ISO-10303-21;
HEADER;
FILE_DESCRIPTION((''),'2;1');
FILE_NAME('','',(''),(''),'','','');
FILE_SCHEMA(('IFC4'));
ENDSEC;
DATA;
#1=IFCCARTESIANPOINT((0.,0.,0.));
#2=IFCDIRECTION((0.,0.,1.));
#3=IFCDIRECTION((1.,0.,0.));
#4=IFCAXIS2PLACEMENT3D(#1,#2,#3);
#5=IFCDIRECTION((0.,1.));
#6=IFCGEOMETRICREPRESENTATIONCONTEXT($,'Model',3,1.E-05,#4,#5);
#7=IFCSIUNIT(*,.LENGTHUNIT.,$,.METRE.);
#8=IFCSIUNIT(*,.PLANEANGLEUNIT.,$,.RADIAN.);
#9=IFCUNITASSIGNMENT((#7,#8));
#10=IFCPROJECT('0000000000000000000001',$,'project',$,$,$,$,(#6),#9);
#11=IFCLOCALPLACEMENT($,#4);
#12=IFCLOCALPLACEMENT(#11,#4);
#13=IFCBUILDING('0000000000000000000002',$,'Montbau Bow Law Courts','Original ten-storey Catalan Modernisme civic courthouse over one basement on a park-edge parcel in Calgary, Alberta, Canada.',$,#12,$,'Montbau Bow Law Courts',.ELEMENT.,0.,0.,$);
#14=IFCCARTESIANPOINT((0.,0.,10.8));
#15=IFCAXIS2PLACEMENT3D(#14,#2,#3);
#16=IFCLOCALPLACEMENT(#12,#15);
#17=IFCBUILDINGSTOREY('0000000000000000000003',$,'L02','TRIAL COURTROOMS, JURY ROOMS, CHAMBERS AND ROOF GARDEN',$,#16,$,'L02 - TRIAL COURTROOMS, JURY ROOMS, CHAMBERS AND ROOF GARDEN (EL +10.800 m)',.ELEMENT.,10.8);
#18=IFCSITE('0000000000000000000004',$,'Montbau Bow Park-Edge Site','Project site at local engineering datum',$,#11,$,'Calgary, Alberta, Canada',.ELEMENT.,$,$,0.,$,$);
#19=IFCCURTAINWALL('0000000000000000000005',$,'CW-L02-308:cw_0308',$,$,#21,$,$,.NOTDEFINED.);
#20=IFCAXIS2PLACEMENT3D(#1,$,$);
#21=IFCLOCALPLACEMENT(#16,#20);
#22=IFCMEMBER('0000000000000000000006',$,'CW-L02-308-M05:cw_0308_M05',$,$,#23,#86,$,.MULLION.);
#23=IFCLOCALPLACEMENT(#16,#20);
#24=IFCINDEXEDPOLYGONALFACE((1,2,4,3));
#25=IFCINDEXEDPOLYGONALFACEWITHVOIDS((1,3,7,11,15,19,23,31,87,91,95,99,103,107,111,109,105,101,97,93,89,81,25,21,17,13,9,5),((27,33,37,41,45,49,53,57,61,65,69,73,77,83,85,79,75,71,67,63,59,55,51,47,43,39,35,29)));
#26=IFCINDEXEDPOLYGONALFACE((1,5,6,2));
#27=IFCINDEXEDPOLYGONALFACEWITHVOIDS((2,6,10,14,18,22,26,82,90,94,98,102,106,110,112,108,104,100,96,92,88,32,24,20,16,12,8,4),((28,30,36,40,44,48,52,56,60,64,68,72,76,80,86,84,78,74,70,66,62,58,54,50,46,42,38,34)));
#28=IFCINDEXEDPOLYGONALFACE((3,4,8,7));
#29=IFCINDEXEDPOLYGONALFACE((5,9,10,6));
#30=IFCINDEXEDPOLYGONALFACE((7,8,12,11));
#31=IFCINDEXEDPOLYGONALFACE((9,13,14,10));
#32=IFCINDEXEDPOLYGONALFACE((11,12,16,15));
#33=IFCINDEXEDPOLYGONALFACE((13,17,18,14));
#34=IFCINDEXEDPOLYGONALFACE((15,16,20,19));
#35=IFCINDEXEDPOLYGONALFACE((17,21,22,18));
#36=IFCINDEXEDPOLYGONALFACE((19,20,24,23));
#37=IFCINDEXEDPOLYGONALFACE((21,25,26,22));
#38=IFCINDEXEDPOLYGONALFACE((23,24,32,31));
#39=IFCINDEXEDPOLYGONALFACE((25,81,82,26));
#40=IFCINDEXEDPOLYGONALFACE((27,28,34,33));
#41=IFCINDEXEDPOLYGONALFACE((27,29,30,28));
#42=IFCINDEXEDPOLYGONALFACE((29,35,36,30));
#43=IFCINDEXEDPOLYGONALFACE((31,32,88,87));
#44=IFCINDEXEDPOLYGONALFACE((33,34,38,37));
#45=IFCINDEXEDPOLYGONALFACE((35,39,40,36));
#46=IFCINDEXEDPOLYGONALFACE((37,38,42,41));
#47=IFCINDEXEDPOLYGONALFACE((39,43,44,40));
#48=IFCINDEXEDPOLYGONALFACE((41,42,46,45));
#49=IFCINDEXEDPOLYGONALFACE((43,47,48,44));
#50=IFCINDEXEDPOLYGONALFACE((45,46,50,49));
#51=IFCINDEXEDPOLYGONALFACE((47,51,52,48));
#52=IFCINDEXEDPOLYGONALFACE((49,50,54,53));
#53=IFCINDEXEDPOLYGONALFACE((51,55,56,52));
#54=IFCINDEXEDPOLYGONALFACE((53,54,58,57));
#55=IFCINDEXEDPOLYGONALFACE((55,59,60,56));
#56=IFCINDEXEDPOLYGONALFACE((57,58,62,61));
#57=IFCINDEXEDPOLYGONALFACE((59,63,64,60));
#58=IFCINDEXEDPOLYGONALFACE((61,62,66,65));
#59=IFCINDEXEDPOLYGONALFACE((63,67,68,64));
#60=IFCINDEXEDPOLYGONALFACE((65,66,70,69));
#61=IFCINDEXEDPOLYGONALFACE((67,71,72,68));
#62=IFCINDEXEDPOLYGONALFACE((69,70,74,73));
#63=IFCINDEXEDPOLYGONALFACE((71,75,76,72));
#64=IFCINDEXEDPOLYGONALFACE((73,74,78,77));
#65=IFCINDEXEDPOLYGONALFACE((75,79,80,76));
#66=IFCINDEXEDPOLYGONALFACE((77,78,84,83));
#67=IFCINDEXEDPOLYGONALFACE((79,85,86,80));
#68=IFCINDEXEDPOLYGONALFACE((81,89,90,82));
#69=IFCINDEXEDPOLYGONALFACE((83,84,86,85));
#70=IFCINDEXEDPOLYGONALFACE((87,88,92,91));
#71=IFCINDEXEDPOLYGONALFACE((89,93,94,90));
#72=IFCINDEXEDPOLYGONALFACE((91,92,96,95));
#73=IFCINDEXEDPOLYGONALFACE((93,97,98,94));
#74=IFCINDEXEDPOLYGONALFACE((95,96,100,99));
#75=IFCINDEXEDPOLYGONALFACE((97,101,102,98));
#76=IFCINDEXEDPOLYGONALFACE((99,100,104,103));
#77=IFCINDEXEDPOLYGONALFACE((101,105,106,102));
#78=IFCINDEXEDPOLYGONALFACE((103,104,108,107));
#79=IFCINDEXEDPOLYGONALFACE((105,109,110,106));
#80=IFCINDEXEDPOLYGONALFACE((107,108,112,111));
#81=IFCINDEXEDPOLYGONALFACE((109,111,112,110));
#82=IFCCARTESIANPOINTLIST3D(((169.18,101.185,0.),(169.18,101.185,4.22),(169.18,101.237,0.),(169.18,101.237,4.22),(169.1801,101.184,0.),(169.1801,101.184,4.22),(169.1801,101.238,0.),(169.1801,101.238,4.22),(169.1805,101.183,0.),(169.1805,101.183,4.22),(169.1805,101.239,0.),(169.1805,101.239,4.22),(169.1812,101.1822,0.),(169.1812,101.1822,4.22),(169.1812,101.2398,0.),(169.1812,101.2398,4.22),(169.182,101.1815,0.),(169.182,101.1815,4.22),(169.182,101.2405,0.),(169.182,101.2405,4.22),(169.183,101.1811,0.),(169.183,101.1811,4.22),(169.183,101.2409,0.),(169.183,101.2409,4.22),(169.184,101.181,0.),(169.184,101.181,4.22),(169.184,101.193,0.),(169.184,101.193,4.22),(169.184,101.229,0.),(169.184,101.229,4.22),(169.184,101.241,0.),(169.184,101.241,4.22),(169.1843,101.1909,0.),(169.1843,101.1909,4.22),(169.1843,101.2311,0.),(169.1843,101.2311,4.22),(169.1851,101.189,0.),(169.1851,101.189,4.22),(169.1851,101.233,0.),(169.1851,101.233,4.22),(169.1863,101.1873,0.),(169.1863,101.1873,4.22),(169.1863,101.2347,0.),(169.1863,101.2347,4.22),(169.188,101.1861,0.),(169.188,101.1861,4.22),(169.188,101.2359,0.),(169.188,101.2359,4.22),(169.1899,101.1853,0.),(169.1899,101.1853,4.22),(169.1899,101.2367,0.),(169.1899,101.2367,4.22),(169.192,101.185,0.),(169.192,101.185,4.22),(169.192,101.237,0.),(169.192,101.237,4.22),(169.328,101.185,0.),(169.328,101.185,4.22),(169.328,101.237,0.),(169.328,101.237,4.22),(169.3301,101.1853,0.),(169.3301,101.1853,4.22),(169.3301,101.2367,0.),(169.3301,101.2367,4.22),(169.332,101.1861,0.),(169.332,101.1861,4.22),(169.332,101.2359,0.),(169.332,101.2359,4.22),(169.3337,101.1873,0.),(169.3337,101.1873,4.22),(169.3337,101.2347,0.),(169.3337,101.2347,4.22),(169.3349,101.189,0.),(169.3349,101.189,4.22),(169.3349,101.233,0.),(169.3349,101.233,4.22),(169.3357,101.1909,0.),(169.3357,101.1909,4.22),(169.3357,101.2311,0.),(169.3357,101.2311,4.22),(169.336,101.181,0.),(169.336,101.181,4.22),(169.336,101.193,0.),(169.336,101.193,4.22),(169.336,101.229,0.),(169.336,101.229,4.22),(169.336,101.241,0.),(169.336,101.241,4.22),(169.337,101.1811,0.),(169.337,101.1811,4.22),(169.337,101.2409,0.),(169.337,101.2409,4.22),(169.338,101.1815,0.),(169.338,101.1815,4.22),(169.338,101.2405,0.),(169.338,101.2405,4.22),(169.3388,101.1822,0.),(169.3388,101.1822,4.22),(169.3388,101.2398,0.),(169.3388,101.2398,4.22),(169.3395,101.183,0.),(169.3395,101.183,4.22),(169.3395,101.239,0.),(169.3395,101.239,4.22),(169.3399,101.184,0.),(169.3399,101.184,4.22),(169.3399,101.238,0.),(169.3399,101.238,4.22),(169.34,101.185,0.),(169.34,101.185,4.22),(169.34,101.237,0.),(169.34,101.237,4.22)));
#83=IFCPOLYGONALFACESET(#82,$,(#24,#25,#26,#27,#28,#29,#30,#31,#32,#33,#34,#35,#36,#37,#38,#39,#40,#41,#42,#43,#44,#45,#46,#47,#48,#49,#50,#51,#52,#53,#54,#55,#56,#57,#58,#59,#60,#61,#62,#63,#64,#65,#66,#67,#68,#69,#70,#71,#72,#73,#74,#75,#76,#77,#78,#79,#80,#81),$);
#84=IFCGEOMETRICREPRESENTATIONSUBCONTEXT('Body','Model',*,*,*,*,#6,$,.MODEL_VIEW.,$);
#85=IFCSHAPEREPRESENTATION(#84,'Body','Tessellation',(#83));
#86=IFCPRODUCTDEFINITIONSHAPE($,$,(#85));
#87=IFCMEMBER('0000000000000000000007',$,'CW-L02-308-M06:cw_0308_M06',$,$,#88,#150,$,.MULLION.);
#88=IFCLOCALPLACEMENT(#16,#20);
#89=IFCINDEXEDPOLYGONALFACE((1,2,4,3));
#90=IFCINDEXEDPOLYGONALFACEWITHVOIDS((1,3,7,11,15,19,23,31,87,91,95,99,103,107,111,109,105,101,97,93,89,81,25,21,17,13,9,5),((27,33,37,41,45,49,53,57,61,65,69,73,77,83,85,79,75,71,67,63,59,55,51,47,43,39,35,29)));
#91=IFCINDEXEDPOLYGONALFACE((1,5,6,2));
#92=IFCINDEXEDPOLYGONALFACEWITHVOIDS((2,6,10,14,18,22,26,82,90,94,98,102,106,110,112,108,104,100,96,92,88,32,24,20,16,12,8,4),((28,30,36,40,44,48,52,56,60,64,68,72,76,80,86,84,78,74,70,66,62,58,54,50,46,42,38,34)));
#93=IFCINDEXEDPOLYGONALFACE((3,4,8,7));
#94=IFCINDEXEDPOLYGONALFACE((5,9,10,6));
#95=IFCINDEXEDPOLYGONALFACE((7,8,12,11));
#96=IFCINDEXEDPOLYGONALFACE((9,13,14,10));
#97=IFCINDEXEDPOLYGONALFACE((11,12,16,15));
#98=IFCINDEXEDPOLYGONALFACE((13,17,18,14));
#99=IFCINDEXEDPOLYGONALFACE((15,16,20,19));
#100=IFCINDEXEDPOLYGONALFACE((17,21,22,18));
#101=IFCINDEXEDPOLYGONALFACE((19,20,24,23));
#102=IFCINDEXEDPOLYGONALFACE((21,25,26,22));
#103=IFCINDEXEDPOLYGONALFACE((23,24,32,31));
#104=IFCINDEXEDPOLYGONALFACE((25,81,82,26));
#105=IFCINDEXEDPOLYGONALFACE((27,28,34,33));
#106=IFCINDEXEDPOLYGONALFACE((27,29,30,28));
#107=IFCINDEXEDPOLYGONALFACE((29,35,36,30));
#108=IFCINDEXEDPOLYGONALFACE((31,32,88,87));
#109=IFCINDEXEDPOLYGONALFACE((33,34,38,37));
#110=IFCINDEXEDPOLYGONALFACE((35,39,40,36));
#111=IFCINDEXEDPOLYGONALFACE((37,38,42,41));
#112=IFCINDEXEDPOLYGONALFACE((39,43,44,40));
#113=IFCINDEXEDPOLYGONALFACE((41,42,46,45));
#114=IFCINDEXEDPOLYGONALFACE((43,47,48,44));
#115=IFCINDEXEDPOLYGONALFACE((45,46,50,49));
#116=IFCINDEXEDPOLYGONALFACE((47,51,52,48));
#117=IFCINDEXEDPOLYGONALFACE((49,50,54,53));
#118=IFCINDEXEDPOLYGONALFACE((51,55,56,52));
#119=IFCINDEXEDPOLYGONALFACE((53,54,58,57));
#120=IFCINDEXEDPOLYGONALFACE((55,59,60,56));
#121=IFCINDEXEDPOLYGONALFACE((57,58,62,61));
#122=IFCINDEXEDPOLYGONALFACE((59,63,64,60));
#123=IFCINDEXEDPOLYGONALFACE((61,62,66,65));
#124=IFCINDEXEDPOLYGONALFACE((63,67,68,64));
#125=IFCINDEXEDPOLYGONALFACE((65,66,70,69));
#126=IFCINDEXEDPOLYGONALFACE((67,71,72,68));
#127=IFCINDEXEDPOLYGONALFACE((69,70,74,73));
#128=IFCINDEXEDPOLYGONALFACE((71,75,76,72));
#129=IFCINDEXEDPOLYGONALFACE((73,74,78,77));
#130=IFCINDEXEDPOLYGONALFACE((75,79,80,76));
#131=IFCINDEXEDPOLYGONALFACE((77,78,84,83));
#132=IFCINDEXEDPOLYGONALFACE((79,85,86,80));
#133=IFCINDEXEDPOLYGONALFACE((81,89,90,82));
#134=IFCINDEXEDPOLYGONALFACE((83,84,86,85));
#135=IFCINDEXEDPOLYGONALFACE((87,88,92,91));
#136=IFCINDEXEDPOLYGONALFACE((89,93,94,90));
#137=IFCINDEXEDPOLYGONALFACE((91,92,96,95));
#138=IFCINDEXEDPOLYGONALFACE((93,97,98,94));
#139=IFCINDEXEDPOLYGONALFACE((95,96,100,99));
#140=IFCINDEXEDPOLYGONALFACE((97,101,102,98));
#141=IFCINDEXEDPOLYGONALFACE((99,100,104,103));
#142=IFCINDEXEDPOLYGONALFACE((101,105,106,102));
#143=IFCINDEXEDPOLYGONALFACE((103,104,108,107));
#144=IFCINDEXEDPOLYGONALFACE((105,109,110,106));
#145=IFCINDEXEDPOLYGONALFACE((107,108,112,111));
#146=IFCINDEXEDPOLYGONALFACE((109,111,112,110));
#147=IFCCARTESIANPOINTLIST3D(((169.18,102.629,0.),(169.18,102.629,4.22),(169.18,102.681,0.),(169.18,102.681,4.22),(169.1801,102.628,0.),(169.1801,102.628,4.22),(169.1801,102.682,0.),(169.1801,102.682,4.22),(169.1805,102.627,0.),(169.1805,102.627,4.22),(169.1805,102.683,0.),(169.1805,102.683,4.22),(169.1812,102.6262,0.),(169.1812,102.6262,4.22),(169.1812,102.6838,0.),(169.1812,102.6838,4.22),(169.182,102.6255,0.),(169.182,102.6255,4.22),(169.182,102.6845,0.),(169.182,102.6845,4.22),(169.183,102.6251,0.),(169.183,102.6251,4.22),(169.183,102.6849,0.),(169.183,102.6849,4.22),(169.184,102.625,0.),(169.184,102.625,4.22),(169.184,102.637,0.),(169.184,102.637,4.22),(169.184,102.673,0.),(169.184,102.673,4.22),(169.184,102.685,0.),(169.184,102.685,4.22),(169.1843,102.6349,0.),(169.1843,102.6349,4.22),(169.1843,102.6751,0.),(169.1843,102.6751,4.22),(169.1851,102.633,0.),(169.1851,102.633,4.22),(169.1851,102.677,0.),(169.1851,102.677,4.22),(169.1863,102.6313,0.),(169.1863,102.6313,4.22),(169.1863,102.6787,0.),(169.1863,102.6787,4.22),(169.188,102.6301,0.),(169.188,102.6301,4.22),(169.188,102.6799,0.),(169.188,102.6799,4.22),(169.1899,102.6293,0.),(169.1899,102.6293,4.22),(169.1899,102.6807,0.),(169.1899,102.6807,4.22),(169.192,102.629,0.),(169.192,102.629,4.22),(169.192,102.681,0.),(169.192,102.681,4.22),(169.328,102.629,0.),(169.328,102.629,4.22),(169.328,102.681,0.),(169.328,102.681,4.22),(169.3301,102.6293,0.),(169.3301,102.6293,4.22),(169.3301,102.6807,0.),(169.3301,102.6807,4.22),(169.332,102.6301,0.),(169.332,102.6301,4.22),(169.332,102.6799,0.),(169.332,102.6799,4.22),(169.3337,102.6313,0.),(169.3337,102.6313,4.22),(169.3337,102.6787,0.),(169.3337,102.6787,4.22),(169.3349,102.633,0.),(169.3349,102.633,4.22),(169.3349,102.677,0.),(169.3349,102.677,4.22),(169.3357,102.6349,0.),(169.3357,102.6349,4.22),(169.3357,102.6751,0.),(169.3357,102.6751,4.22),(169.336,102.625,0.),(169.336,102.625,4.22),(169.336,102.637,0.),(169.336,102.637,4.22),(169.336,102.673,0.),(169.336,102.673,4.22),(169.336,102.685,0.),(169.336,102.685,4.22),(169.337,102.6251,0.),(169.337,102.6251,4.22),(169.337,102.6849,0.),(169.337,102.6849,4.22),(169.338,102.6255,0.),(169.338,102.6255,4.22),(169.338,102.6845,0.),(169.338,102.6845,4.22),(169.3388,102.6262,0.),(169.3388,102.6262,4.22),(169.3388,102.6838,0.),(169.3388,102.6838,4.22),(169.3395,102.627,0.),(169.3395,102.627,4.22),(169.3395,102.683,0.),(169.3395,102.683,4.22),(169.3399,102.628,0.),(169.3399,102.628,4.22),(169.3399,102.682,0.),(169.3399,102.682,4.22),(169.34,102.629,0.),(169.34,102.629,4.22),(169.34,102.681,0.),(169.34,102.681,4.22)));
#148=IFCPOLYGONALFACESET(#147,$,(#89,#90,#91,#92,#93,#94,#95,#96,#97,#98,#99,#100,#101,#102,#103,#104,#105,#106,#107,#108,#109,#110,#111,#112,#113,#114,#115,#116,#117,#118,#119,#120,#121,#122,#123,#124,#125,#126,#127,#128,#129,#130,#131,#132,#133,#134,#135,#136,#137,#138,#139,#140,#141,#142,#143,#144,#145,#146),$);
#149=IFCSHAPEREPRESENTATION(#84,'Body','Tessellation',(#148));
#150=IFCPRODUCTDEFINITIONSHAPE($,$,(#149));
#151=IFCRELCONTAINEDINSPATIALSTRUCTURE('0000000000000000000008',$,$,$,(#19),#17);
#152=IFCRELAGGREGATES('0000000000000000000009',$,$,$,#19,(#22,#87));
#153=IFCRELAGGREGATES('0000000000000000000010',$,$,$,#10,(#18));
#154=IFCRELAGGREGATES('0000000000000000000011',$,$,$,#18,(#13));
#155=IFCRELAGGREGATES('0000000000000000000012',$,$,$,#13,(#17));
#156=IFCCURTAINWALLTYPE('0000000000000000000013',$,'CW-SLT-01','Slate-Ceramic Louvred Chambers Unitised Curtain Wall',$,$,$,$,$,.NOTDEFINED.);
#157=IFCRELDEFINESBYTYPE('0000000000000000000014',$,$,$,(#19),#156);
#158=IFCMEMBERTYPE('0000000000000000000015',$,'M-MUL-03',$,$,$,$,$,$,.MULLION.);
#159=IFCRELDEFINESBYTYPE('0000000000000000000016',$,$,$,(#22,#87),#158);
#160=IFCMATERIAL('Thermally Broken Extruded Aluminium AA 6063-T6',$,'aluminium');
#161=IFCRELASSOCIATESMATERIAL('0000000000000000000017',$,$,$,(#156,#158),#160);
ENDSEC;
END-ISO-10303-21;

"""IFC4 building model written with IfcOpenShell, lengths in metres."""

from ifc_helpers import new_model, si_unit, direction, frame, origin_with_axes, origin_2d_with_axis, place, context, subcontext, project, spatial, hollow_rectangle, extrude, material, material_profile, profile_set, type_object, element, aggregate, save


model = new_model("IFC4")

# Units and contexts
model_context = context("Model", 3, precision=1e-05, world=origin_with_axes(), true_north=direction((0.0, 1.0)))
body_context = subcontext(model_context, "Body", "Model", "MODEL_VIEW")
ifc_project = project(units=[si_unit("LENGTHUNIT", "METRE"), si_unit("PLANEANGLEUNIT", "RADIAN")], contexts=[model_context])

# Site, building, storey
site_placement = place(None, origin_with_axes())
site = spatial("IfcSite", under=ifc_project, at=site_placement, Name="Montbau Bow Park-Edge Site", Description="Project site at local engineering datum", LongName="Calgary, Alberta, Canada", CompositionType="ELEMENT", RefElevation=0.0)
building_placement = place(site_placement, origin_with_axes())
building = spatial("IfcBuilding", under=site, at=building_placement, Name="Montbau Bow Law Courts", Description="Original ten-storey Catalan Modernisme civic courthouse over one basement on a park-edge parcel in Calgary, Alberta, Canada.", LongName="Montbau Bow Law Courts", CompositionType="ELEMENT", ElevationOfRefHeight=0.0, ElevationOfTerrain=0.0)
storey_placement = place(building_placement, frame((0.0, 0.0, 10.8), z_axis=(0.0, 0.0, 1.0), x_axis=(1.0, 0.0, 0.0)))
storey = spatial("IfcBuildingStorey", under=building, at=storey_placement, Name="L02", Description="TRIAL COURTROOMS, JURY ROOMS, CHAMBERS AND ROOF GARDEN", LongName="L02 - TRIAL COURTROOMS, JURY ROOMS, CHAMBERS AND ROOF GARDEN (EL +10.800 m)", CompositionType="ELEMENT", Elevation=10.8)

# Curtain wall, members
ifc_material_1 = material(Name="Thermally Broken Extruded Aluminium AA 6063-T6", Category="aluminium")
curtain_wall_type = type_object("IfcCurtainWallType", Name="CW-SLT-01", Description="Slate-Ceramic Louvred Chambers Unitised Curtain Wall", PredefinedType="NOTDEFINED", material=ifc_material_1)
curtain_wall_1_placement = place(None, frame((169.26, 95.315, 10.8), z_axis=(0.0, 0.0, 1.0), x_axis=(1.0, 0.0, 0.0)))
curtain_wall_1 = element("IfcCurtainWall", 1, at=curtain_wall_1_placement, inside=storey, type_object=curtain_wall_type, Name="CW-L02-308:cw_0308", PredefinedType="NOTDEFINED")
ifc_material_profile_1 = material_profile(ifc_material_1, hollow_rectangle(XDim=0.06, YDim=0.16, WallThickness=0.004, InnerFilletRadius=0.008, OuterFilletRadius=0.004, at=origin_2d_with_axis()), Name="CWM-160X60", Category="Main", Priority=0)
ifc_profile_set_1 = profile_set([ifc_material_profile_1], Name="Thermally Broken Extruded Aluminium AA 6063-T6")
member_type_1 = type_object("IfcMemberType", Name="M-MUL-03", PredefinedType="MULLION", material=ifc_profile_set_1)
member_1_placement = place(None, frame((169.26, 101.211, 10.8), z_axis=(0.0, 0.0, 1.0), x_axis=(0.0, 1.0, 0.0)))
member_1 = element("IfcMember", 2, at=member_1_placement, type_object=member_type_1, Name="CW-L02-308-M05:cw_0308_M05", PredefinedType="MULLION", context=body_context, shape_type="SweptSolid", body=[
    extrude(hollow_rectangle(XDim=0.06, YDim=0.16, WallThickness=0.004, InnerFilletRadius=0.008, OuterFilletRadius=0.004, at=origin_2d_with_axis()), origin_with_axes(), (0.0, 0.0, 1.0), 4.22),
])
member_2_placement = place(None, frame((169.26, 102.655, 10.8), z_axis=(0.0, 0.0, 1.0), x_axis=(0.0, 1.0, 0.0)))
member_2 = element("IfcMember", 3, at=member_2_placement, type_object=member_type_1, Name="CW-L02-308-M06:cw_0308_M06", PredefinedType="MULLION", context=body_context, shape_type="SweptSolid", body=[
    extrude(hollow_rectangle(XDim=0.06, YDim=0.16, WallThickness=0.004, InnerFilletRadius=0.008, OuterFilletRadius=0.004, at=origin_2d_with_axis()), origin_with_axes(), (0.0, 0.0, 1.0), 4.22),
])

aggregate(curtain_wall_1, [member_1, member_2])

save(model, "model.ifc")
